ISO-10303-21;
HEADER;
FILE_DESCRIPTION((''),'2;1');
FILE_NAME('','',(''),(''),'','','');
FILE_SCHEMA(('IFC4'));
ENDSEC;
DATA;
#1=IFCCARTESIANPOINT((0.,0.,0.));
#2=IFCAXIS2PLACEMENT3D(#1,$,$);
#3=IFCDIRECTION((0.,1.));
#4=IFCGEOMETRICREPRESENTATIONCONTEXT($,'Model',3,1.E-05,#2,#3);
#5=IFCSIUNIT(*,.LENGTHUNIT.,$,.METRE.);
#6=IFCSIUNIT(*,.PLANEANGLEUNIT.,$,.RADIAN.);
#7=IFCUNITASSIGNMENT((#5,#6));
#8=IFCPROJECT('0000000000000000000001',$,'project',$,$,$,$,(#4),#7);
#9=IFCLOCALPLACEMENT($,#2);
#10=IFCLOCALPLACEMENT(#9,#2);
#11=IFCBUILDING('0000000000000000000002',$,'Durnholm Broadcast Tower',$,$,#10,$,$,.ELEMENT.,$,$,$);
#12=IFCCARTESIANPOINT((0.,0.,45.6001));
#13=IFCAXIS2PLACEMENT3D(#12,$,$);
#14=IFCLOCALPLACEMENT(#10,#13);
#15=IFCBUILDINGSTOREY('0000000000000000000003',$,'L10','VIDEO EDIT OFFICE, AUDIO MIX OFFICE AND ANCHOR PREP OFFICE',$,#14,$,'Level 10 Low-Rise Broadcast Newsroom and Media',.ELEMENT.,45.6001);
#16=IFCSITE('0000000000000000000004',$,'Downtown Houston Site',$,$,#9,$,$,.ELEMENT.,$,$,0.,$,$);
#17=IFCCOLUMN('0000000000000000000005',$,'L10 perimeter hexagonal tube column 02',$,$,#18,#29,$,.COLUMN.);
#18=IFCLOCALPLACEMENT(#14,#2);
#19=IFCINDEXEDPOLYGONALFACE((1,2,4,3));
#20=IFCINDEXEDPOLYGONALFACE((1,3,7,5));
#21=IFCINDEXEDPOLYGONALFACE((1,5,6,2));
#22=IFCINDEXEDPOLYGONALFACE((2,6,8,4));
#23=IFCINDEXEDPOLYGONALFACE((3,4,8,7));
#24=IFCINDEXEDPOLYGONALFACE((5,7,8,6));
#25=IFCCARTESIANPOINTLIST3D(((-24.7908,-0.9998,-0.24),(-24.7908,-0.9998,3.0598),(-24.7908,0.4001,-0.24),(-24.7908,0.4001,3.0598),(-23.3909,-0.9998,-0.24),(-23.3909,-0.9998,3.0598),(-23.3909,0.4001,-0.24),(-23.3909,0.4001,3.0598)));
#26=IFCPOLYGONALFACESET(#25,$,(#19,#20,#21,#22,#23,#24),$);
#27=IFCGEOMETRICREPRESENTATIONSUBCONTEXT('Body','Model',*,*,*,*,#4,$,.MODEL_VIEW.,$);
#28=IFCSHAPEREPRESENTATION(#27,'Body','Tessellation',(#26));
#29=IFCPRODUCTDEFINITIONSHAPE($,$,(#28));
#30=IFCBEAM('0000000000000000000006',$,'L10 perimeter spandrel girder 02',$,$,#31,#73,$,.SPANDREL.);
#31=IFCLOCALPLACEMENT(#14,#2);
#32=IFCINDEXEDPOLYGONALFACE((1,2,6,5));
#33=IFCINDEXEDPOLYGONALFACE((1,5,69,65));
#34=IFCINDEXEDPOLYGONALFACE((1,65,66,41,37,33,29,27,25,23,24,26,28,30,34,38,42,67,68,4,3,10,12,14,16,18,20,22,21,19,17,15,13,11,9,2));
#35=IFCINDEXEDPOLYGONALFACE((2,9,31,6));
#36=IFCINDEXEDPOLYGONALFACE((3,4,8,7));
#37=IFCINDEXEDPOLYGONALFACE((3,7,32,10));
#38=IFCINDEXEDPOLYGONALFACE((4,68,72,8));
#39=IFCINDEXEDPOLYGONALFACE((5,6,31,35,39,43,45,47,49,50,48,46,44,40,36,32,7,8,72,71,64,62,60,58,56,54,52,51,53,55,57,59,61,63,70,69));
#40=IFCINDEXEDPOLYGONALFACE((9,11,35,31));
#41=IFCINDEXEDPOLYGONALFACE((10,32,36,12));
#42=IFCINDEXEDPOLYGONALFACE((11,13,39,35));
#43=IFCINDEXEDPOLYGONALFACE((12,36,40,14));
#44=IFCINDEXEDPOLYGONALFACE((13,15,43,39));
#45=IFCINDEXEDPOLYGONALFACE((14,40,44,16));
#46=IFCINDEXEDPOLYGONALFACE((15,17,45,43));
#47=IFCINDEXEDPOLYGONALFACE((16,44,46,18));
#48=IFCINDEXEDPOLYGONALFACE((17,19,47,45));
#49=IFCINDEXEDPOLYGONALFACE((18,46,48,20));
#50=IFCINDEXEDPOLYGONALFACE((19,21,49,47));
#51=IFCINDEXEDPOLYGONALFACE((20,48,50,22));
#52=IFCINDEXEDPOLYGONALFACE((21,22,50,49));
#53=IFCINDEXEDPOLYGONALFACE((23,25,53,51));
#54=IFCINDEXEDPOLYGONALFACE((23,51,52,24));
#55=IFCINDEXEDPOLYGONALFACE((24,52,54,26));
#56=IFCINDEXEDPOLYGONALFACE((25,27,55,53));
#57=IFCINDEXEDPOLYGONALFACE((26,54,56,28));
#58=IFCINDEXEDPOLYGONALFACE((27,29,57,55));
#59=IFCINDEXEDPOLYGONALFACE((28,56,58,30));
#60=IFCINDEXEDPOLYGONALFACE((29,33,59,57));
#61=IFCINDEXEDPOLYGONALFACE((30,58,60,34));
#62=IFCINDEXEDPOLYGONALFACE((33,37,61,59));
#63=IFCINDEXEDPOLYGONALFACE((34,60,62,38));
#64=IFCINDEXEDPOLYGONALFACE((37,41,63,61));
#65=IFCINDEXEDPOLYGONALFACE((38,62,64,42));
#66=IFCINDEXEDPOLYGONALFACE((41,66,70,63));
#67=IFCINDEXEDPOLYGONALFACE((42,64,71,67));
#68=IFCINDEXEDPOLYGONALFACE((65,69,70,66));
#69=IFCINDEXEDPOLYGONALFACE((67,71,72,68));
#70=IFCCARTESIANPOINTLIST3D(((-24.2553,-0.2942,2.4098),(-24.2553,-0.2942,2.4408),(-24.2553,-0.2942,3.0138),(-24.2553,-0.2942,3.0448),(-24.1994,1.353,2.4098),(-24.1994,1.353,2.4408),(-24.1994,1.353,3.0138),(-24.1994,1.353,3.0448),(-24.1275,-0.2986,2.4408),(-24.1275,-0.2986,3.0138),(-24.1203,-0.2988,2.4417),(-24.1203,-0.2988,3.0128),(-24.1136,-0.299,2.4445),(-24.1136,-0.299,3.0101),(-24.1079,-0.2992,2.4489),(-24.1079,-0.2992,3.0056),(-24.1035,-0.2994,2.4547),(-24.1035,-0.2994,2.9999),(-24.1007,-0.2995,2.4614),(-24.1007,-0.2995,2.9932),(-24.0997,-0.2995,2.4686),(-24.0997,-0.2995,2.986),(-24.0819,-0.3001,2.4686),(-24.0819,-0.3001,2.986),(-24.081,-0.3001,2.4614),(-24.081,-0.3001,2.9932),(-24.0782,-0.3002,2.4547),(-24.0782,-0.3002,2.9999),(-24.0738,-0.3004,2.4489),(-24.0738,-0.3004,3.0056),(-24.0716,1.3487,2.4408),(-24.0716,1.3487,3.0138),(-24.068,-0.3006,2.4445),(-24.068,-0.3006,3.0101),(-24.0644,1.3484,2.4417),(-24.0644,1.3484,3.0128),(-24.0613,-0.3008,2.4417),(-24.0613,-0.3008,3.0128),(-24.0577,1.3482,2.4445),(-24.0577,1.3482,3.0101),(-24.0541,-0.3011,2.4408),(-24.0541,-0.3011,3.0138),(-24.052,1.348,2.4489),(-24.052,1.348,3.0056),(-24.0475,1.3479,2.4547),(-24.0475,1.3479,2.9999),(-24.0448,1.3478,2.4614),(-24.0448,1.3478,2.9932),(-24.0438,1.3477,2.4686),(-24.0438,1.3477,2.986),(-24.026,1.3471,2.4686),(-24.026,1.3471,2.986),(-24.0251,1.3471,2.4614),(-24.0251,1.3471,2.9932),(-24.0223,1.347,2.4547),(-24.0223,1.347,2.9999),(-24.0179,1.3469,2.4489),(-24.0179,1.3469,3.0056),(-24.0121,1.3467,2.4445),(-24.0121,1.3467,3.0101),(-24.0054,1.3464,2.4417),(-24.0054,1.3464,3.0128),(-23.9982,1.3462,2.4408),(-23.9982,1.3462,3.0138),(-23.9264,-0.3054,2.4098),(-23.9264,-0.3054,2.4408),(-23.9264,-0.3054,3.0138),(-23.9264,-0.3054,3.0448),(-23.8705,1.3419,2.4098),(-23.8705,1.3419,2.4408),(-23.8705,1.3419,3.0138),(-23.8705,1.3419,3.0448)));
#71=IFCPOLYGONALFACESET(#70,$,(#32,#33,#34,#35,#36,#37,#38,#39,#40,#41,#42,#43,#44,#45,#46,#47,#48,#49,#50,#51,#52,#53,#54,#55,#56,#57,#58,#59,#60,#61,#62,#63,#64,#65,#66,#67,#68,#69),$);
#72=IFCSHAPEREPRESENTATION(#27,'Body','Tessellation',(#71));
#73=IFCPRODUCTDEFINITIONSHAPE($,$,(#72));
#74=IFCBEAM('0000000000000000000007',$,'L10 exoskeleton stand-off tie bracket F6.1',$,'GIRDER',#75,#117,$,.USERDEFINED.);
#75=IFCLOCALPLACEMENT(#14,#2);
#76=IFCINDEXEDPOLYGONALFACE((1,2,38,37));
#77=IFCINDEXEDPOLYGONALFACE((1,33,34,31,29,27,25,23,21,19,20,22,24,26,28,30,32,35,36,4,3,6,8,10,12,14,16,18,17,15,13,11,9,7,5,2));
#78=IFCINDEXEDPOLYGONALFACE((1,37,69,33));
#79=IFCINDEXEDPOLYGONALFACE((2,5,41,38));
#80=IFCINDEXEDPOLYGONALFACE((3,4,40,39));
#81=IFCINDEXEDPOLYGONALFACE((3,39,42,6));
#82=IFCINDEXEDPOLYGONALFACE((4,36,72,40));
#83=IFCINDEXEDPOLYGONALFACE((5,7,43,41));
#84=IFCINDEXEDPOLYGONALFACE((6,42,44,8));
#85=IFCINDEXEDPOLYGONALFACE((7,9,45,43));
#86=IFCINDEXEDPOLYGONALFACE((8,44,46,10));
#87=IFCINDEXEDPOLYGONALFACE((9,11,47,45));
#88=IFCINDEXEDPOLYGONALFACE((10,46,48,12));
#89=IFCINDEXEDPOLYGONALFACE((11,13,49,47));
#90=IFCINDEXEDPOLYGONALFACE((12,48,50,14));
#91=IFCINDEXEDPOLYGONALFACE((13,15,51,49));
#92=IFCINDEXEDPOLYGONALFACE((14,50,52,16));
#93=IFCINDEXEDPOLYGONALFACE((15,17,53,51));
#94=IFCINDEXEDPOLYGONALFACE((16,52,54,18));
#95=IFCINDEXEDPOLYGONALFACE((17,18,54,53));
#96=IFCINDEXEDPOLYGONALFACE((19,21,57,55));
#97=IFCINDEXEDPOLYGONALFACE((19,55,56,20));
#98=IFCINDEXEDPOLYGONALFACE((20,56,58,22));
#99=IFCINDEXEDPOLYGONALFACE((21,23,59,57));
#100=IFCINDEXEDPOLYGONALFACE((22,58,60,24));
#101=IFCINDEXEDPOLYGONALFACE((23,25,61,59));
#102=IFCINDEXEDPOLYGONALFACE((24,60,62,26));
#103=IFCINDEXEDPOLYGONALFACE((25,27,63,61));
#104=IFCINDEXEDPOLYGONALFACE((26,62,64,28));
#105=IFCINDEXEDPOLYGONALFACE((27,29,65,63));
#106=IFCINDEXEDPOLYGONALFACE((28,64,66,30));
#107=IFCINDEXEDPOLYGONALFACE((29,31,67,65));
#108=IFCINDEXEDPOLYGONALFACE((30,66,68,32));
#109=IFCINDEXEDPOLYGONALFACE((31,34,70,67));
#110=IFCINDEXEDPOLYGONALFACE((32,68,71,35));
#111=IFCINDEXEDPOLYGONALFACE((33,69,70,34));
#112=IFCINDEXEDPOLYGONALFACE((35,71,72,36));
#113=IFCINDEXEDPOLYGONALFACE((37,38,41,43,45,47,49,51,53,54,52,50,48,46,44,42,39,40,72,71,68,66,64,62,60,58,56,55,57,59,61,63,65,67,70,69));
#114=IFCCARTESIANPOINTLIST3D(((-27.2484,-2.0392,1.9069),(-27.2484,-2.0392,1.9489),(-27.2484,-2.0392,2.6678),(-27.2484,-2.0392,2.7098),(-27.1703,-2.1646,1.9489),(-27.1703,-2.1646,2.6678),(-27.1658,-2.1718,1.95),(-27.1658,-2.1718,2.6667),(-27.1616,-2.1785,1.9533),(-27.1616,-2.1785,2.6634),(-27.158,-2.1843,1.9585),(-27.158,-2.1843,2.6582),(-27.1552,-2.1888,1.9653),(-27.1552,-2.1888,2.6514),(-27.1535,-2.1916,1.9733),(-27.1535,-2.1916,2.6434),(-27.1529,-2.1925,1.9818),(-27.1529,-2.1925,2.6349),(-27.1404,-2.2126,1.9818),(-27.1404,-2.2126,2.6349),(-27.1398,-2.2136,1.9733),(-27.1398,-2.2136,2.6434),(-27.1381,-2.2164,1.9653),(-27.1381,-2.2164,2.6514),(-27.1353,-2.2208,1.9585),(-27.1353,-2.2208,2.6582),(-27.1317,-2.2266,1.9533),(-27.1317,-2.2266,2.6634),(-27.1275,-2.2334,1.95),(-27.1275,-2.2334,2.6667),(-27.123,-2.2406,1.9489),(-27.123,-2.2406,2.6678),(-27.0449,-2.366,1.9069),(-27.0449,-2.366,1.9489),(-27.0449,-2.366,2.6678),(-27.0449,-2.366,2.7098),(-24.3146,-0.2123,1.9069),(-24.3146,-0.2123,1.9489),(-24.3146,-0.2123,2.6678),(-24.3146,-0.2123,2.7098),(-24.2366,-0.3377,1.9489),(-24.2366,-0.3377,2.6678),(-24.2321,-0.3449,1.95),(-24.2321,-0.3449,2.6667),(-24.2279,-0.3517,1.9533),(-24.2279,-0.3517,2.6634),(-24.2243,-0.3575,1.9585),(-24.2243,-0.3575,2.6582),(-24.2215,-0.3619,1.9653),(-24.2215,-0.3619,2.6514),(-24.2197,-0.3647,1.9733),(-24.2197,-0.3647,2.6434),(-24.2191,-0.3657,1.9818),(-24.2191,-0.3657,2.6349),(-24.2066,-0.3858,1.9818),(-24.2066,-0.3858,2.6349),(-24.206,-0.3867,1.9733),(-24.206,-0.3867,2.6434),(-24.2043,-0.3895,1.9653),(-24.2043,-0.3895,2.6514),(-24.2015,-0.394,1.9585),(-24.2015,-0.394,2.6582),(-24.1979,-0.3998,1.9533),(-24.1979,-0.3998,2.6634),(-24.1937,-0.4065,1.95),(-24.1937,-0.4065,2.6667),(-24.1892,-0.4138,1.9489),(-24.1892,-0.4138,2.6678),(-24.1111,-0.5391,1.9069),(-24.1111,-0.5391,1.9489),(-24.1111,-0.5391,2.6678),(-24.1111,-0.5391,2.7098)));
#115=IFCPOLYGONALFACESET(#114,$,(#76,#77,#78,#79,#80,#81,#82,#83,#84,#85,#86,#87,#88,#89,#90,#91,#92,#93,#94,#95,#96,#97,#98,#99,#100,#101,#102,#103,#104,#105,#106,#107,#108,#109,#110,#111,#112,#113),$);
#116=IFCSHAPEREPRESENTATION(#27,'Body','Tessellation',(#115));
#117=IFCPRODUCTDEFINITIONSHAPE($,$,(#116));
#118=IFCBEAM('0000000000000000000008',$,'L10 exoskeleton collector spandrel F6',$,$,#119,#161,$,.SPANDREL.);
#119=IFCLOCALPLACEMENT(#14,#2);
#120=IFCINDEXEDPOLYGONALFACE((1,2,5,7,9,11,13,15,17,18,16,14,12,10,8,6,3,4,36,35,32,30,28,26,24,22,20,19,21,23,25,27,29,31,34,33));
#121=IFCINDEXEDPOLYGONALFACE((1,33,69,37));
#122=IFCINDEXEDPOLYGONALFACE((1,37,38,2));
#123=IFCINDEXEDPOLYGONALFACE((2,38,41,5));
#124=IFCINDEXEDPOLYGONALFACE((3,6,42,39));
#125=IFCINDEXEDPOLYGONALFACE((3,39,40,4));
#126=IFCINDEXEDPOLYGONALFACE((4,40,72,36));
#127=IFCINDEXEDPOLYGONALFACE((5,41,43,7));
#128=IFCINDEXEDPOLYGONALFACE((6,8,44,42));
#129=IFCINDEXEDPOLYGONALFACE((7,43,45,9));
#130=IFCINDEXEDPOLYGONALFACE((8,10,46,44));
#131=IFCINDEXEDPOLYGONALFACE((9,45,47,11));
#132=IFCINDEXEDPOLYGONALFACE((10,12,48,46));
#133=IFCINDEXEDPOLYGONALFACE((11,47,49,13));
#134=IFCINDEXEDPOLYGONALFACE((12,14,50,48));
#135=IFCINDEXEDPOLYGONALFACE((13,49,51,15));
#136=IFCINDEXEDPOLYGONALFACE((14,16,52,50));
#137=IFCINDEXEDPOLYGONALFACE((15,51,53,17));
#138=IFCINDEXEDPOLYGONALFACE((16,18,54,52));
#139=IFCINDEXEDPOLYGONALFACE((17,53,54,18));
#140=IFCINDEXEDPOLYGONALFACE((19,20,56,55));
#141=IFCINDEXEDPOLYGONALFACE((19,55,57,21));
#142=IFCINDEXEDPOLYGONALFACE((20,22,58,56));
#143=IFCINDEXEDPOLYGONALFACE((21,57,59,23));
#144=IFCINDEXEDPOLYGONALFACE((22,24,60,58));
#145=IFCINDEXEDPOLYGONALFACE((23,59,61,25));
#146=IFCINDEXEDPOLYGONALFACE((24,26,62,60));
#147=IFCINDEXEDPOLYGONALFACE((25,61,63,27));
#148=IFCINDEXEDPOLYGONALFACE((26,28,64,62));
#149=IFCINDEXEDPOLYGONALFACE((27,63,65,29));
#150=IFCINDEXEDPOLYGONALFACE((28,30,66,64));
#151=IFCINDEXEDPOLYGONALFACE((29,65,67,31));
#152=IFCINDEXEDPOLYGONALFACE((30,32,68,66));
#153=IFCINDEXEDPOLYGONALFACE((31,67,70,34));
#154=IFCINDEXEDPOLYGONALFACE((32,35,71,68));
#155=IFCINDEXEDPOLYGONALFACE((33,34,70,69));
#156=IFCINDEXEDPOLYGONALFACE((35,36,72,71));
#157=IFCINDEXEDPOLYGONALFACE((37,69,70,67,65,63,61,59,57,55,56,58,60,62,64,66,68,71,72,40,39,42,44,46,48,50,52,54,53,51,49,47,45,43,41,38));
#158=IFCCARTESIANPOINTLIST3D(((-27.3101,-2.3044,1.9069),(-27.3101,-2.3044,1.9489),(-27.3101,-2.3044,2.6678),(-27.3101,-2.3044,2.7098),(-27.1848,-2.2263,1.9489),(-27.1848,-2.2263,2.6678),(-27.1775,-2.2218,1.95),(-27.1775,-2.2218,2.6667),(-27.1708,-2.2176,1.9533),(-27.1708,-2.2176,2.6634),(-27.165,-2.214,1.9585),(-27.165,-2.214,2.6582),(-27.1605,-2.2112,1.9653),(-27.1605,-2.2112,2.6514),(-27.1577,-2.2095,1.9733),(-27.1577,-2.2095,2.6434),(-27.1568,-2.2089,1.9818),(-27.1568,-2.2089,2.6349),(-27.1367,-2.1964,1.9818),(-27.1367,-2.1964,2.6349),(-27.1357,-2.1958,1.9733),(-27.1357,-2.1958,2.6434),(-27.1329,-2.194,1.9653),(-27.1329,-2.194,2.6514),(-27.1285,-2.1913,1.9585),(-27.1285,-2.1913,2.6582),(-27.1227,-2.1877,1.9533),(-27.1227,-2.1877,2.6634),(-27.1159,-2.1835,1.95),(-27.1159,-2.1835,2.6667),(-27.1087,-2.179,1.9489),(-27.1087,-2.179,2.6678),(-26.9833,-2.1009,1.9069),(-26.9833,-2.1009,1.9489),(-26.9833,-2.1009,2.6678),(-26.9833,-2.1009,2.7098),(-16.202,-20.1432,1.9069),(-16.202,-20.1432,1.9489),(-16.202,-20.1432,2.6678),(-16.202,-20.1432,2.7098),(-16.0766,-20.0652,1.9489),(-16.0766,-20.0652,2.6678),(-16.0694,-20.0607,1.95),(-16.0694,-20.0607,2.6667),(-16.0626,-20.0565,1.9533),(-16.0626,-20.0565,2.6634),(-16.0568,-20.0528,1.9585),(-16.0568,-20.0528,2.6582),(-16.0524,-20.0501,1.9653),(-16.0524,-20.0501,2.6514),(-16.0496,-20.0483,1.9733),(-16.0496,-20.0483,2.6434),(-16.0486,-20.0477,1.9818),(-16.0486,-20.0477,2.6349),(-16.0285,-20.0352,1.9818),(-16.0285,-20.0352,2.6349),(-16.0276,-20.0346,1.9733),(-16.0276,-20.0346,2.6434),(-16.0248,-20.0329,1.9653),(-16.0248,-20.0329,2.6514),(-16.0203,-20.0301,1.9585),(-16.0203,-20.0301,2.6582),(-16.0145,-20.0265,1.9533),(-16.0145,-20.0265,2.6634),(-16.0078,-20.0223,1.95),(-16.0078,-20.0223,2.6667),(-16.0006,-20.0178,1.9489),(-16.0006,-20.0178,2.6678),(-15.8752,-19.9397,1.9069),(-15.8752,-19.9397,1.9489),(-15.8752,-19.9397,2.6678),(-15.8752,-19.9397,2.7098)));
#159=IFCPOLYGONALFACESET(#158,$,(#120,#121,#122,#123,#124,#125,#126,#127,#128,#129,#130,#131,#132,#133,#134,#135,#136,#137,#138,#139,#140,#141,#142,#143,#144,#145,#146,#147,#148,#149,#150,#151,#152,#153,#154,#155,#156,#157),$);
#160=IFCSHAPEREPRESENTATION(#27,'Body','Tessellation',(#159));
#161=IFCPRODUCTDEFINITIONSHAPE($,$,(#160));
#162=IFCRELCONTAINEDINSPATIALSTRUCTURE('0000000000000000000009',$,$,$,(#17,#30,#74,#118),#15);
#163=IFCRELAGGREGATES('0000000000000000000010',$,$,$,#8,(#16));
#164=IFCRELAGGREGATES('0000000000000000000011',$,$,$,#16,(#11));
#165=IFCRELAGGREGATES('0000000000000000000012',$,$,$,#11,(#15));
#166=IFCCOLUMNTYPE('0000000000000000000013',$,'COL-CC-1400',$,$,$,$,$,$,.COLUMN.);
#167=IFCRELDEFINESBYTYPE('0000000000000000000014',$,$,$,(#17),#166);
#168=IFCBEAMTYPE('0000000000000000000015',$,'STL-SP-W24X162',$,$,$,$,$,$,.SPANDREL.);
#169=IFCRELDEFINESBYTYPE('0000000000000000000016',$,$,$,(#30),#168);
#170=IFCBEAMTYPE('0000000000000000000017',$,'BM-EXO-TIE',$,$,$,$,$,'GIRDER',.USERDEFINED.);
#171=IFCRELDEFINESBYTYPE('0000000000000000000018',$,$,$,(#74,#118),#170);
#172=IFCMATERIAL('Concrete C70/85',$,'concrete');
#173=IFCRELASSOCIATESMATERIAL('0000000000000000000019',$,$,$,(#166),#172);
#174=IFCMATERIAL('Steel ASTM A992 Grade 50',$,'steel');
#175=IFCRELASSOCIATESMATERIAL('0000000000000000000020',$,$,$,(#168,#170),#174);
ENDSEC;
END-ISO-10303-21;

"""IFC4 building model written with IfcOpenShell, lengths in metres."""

from ifc_helpers import new_model, si_unit, direction, frame, origin, origin_2d, place, context, subcontext, project, spatial, rectangle, i_section, extrude, source, transform, mapped, material, material_profile, profile_set, type_object, type_shapes, element, save


model = new_model("IFC4")

# Units and contexts
model_context = context("Model", 3, precision=1e-05, world=origin(), true_north=direction((0.0, 1.0)))
body_context = subcontext(model_context, "Body", "Model", "MODEL_VIEW")
ifc_project = project(units=[si_unit("LENGTHUNIT", "METRE"), si_unit("PLANEANGLEUNIT", "RADIAN")], contexts=[model_context])

# Site, building, storey
site_placement = place(None, origin())
site = spatial("IfcSite", under=ifc_project, at=site_placement, Name="Downtown Houston Site", CompositionType="ELEMENT", RefElevation=0.0)
building_placement = place(site_placement, origin())
building = spatial("IfcBuilding", under=site, at=building_placement, Name="Durnholm Broadcast Tower", CompositionType="ELEMENT")
storey_placement = place(building_placement, frame((0.0, 0.0, 45.6001)))
storey = spatial("IfcBuildingStorey", under=building, at=storey_placement, Name="L10", Description="VIDEO EDIT OFFICE, AUDIO MIX OFFICE AND ANCHOR PREP OFFICE", LongName="Level 10 Low-Rise Broadcast Newsroom and Media", CompositionType="ELEMENT", Elevation=45.6001)

# Column
ifc_material_1 = material(Name="Concrete C70/85", Category="concrete")
ifc_material_profile_1 = material_profile(ifc_material_1, rectangle(XDim=1.3999, YDim=1.3999, at=origin_2d()), Name="RC1400X1400")
ifc_profile_set_1 = profile_set([ifc_material_profile_1], Name="Concrete C70/85")
column_type = type_object("IfcColumnType", Name="COL-CC-1400", PredefinedType="COLUMN", material=ifc_profile_set_1)
shared_shape_1 = source(origin(), body_context, "Body", "SweptSolid", [
    extrude(rectangle(XDim=1.3999, YDim=1.3999, at=origin_2d()), origin(), (0.0, 0.0, 1.0), 3.2998),
])
type_shapes(column_type, [shared_shape_1])
column_placement = place(storey_placement, frame((-24.0908, -0.2998, -0.24), z_axis=(0.0, 0.0, 1.0), x_axis=(1.0, 0.0, 0.0)))
element("IfcColumn", 1, at=column_placement, inside=storey, type_object=column_type, Name="L10 perimeter hexagonal tube column 02", PredefinedType="COLUMN", context=body_context, shape_type="MappedRepresentation", body=[
    mapped(shared_shape_1, transform((0.0, 0.0, 0.0), x_axis=(1.0, 0.0, 0.0), y_axis=(0.0, 1.0, 0.0), z_axis=(0.0, 0.0, 1.0), scale=1.0)),
])

# Beams
ifc_material_2 = material(Name="Steel ASTM A992 Grade 50", Category="steel")
ifc_material_profile_2 = material_profile(ifc_material_2, i_section(OverallWidth=0.3291, OverallDepth=0.635, WebThickness=0.0178, FlangeThickness=0.031, FilletRadius=0.0278, at=origin_2d()), Name="W24X162")
ifc_profile_set_2 = profile_set([ifc_material_profile_2], Name="Steel ASTM A992 Grade 50")
beam_type_1 = type_object("IfcBeamType", Name="STL-SP-W24X162", PredefinedType="SPANDREL", material=ifc_profile_set_2)
shared_shape_2 = source(origin(), body_context, "Body", "SweptSolid", [
    extrude(i_section(OverallWidth=0.3291, OverallDepth=0.635, WebThickness=0.0178, FlangeThickness=0.031, FilletRadius=0.0278, at=origin_2d()), origin(), (0.0, 0.0, 1.0), 1.6482),
])
type_shapes(beam_type_1, [shared_shape_2])
beam_1_placement = place(storey_placement, frame((-24.0908, -0.2998, 2.7273), z_axis=(0.033921, 0.999425, 0.0), x_axis=(-0.999425, 0.033921, 0.0)))
element("IfcBeam", 2, at=beam_1_placement, inside=storey, type_object=beam_type_1, Name="L10 perimeter spandrel girder 02", PredefinedType="SPANDREL", context=body_context, shape_type="MappedRepresentation", body=[
    mapped(shared_shape_2, transform((0.0, 0.0, 0.0), x_axis=(1.0, 0.0, 0.0), y_axis=(0.0, 1.0, 0.0), z_axis=(0.0, 0.0, 1.0), scale=1.0)),
])
ifc_material_profile_3 = material_profile(ifc_material_2, i_section(OverallWidth=0.385, OverallDepth=0.803, WebThickness=0.0237, FlangeThickness=0.042, FilletRadius=0.033, at=origin_2d()), Name="W30X261")
ifc_profile_set_3 = profile_set([ifc_material_profile_3], Name="Steel ASTM A992 Grade 50")
beam_type_2 = type_object("IfcBeamType", Name="BM-EXO-TIE", ElementType="GIRDER", PredefinedType="USERDEFINED", material=ifc_profile_set_3)
shared_shape_3 = source(origin(), body_context, "Body", "SweptSolid", [
    extrude(i_section(OverallWidth=0.385, OverallDepth=0.803, WebThickness=0.0237, FlangeThickness=0.042, FilletRadius=0.033, at=origin_2d()), origin(), (0.0, 0.0, 1.0), 3.4561),
])
beam_2_placement = place(storey_placement, frame((-24.2129, -0.3757, 2.3083), z_axis=(-0.848874, -0.528595, 0.0), x_axis=(0.528595, -0.848874, 0.0)))
element("IfcBeam", 3, at=beam_2_placement, inside=storey, type_object=beam_type_2, Name="L10 exoskeleton stand-off tie bracket F6.1", ObjectType="GIRDER", PredefinedType="USERDEFINED", context=body_context, shape_type="MappedRepresentation", body=[
    mapped(shared_shape_3, transform((0.0, 0.0, 0.0), x_axis=(1.0, 0.0, 0.0), y_axis=(0.0, 1.0, 0.0), z_axis=(0.0, 0.0, 1.0), scale=1.0)),
])
shared_shape_4 = source(origin(), body_context, "Body", "SweptSolid", [
    extrude(i_section(OverallWidth=0.385, OverallDepth=0.803, WebThickness=0.0237, FlangeThickness=0.042, FilletRadius=0.033, at=origin_2d()), origin(), (0.0, 0.0, 1.0), 21.0146),
])
type_shapes(beam_type_2, [shared_shape_3, shared_shape_4])
beam_3_placement = place(storey_placement, frame((-27.1467, -2.2026, 2.3083), z_axis=(0.528591, -0.848877, 0.0), x_axis=(0.848877, 0.528591, 0.0)))
element("IfcBeam", 4, at=beam_3_placement, inside=storey, type_object=beam_type_2, Name="L10 exoskeleton collector spandrel F6", PredefinedType="SPANDREL", context=body_context, shape_type="MappedRepresentation", body=[
    mapped(shared_shape_4, transform((0.0, 0.0, 0.0), x_axis=(1.0, 0.0, 0.0), y_axis=(0.0, 1.0, 0.0), z_axis=(0.0, 0.0, 1.0), scale=1.0)),
])

save(model, "model.ifc")
